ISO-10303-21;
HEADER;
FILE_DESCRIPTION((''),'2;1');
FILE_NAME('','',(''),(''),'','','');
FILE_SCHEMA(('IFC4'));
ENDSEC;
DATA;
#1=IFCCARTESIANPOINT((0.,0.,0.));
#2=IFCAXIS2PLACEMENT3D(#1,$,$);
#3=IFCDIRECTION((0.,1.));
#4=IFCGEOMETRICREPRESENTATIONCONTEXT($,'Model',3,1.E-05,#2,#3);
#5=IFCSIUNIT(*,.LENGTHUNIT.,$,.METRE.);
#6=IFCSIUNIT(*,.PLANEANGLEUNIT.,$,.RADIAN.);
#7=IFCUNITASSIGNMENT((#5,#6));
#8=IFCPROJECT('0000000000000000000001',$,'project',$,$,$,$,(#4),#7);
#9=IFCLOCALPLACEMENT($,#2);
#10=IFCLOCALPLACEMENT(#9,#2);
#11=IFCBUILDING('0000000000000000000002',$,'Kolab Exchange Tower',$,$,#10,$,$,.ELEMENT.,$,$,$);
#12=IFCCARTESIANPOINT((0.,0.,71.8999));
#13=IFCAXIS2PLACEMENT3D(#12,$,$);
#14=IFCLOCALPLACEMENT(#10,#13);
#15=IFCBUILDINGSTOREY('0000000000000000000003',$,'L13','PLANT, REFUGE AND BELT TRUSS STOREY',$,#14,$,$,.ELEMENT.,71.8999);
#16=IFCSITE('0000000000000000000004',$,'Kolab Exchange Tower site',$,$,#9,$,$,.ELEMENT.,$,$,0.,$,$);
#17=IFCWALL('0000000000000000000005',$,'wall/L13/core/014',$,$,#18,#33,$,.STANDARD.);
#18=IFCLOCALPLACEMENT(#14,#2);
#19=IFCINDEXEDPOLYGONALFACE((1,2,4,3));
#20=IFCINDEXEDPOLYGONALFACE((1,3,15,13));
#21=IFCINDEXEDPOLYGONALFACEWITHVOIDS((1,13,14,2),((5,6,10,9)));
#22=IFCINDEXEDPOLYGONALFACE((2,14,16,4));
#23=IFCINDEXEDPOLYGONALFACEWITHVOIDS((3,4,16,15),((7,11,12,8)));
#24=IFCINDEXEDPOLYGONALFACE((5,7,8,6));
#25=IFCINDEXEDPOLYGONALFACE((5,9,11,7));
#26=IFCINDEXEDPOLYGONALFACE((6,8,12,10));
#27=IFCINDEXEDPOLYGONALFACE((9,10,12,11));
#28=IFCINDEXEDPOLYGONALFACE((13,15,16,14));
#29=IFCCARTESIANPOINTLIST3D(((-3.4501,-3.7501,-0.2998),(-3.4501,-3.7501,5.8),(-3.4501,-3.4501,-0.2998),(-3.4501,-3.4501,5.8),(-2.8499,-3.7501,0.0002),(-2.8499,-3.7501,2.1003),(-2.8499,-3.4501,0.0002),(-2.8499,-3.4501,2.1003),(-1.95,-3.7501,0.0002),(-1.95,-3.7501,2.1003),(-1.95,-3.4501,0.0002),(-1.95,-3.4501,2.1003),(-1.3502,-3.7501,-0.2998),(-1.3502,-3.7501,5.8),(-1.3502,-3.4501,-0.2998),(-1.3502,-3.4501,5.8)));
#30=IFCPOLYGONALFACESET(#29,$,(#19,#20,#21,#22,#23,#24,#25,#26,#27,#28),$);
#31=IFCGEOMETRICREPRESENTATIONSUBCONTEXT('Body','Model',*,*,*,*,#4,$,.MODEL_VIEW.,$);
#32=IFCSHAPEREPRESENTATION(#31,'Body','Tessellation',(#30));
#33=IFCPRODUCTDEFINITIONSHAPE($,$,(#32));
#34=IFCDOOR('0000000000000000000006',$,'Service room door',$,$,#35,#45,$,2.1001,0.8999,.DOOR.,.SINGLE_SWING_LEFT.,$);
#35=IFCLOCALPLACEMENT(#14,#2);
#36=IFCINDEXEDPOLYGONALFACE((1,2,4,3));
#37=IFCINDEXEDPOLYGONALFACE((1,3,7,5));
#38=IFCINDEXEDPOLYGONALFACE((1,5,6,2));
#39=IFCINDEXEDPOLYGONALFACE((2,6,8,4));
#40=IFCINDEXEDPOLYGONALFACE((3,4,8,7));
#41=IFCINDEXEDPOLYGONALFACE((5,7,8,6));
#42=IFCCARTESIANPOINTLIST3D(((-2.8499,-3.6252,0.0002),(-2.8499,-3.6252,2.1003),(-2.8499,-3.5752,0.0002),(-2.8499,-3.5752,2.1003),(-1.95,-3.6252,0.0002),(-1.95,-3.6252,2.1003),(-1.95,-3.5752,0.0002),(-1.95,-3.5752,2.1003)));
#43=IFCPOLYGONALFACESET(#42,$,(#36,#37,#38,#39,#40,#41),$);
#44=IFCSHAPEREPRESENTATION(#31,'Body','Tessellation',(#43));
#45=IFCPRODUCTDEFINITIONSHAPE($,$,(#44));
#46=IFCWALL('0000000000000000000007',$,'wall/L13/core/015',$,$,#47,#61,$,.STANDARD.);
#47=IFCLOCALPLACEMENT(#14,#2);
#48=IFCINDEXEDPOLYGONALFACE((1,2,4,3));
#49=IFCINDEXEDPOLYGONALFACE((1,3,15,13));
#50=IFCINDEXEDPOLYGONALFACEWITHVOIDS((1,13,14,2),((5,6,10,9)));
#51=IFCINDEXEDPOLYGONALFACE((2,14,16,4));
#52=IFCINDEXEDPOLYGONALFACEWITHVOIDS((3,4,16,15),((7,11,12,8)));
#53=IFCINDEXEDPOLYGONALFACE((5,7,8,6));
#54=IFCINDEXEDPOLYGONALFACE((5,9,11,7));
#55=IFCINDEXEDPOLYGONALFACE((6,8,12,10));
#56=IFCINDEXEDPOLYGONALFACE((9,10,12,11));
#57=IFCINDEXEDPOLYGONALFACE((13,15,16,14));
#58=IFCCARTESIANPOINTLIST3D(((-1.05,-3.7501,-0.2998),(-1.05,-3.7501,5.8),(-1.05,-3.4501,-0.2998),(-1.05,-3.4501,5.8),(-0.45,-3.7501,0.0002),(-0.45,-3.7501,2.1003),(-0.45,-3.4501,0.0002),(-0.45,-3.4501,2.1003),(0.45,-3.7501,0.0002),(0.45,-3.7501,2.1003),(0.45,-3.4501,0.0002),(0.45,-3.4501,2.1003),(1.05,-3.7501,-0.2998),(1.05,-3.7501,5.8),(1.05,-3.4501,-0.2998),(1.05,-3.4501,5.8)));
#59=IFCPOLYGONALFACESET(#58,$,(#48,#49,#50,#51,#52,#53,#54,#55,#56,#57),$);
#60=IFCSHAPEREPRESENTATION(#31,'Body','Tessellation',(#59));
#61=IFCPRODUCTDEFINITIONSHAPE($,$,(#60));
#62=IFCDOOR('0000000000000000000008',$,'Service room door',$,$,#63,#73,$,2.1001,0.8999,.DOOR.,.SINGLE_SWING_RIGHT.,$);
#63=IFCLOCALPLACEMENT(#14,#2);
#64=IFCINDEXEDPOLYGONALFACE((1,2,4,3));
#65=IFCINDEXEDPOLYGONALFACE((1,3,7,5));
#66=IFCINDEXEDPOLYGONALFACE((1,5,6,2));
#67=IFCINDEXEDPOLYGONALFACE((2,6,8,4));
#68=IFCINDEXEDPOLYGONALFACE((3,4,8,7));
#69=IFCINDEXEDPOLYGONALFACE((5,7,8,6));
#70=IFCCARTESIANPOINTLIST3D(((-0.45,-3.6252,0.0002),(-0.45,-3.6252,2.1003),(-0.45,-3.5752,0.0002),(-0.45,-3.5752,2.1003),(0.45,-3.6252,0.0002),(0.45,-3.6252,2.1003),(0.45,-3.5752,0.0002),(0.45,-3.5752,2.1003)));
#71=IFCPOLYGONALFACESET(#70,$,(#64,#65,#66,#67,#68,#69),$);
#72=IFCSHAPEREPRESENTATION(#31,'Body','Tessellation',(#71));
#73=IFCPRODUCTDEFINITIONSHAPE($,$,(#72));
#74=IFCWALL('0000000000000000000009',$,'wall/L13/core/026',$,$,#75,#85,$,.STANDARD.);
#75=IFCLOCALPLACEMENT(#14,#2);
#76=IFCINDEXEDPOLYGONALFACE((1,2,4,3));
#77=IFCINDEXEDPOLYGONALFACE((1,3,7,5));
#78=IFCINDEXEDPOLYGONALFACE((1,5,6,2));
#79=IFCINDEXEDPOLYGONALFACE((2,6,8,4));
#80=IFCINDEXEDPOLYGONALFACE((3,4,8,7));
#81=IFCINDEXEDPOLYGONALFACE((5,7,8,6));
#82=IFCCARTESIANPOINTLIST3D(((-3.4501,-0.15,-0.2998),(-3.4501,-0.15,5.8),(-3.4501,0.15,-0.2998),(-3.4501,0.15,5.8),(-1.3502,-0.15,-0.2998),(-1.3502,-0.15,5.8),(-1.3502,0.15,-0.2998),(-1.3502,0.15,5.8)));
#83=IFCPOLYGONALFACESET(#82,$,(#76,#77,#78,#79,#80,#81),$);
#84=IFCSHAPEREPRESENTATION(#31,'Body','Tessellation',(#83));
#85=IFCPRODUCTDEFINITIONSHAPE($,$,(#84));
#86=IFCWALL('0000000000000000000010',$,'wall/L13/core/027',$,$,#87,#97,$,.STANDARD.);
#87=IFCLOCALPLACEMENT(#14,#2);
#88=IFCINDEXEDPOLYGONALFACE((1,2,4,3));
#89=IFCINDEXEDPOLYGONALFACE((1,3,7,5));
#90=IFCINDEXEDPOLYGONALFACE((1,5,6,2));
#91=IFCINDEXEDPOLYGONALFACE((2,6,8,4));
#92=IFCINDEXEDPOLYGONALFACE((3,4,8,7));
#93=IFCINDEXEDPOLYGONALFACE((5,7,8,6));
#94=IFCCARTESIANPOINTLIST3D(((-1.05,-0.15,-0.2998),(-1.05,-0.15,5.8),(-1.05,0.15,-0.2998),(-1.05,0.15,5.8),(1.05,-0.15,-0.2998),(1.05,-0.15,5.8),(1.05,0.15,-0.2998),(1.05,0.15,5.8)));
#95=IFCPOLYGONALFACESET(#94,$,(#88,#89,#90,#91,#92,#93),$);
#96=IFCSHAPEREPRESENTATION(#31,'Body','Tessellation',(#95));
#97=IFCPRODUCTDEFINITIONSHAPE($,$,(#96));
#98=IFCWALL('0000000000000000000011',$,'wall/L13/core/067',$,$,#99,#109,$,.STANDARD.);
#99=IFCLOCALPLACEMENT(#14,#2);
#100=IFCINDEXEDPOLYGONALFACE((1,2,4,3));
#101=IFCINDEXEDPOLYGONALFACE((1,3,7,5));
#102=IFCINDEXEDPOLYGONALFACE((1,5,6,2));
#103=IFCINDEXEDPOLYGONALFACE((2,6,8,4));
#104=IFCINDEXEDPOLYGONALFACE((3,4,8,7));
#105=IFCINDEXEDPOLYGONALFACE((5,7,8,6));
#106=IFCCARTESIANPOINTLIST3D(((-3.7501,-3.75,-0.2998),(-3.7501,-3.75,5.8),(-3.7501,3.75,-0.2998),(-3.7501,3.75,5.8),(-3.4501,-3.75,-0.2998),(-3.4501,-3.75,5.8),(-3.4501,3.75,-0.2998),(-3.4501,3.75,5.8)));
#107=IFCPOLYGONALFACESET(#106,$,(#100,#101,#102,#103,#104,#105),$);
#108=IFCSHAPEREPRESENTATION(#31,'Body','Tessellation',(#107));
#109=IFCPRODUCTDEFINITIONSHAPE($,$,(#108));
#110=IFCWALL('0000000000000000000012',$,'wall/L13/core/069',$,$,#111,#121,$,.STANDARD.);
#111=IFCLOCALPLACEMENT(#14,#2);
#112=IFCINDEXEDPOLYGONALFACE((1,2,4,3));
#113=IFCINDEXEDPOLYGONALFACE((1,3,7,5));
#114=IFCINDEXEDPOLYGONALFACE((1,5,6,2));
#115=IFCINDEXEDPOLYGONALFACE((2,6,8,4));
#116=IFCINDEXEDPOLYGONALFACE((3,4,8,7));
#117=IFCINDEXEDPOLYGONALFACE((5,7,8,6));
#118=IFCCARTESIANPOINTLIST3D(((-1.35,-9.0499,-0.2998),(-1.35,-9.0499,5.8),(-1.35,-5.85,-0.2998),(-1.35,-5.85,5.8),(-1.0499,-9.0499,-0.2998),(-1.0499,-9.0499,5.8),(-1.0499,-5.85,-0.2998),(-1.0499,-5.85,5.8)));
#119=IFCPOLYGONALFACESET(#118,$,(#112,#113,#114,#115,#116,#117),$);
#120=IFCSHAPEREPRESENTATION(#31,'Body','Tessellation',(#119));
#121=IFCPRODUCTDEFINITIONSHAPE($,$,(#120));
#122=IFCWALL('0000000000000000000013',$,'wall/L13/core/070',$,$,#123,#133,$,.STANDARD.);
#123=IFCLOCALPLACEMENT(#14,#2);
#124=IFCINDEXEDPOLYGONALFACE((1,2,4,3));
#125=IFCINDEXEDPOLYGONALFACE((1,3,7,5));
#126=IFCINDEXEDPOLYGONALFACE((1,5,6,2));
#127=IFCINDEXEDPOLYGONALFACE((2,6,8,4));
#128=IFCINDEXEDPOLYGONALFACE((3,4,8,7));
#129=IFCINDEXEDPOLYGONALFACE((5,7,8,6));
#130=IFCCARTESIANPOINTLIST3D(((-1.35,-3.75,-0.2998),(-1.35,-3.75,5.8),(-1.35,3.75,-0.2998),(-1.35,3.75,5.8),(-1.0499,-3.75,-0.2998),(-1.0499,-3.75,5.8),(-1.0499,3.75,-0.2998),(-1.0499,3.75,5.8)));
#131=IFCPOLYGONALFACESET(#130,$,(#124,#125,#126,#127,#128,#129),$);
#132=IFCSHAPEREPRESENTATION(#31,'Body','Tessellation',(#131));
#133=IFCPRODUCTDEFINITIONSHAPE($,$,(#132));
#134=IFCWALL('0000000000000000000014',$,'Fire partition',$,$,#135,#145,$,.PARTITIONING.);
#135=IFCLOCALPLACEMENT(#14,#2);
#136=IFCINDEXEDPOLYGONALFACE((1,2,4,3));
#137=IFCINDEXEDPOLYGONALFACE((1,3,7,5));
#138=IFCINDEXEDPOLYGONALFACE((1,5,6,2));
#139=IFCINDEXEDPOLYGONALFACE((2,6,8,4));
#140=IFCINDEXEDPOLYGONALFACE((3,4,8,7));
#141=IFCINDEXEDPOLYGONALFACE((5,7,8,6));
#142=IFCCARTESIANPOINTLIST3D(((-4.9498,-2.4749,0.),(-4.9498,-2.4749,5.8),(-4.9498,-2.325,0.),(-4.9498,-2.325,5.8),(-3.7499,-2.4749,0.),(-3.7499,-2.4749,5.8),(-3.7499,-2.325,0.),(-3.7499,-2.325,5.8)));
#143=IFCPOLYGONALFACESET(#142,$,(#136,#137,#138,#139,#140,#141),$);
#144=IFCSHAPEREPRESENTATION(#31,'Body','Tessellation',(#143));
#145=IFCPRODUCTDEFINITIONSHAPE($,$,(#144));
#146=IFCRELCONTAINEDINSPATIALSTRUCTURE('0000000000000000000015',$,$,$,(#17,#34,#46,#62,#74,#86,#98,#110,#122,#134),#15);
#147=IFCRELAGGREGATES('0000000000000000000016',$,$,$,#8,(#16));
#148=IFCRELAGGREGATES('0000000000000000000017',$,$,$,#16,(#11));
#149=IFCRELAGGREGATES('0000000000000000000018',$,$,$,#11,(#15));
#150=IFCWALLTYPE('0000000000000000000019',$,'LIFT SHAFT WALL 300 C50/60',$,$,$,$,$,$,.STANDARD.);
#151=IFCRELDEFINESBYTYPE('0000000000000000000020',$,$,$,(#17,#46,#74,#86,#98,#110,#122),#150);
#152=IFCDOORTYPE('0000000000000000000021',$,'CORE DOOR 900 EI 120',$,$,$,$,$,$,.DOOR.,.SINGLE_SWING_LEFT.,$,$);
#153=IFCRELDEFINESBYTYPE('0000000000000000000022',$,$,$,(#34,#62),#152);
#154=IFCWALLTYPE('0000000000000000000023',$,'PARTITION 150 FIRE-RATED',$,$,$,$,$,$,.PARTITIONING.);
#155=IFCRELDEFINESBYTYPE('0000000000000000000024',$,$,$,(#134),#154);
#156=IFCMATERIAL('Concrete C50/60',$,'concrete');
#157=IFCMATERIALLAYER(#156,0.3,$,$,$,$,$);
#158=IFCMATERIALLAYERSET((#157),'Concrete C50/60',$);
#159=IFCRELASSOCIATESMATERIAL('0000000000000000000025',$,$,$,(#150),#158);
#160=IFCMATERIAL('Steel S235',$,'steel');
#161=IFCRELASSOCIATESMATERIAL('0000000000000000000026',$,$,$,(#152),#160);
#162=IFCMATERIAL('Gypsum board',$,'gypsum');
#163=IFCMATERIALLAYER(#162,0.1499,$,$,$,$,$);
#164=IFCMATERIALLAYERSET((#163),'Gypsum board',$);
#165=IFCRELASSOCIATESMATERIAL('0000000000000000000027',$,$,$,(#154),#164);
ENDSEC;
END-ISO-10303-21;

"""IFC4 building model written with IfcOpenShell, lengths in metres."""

from ifc_helpers import new_model, si_unit, direction, frame, frame_2d, origin, place, context, subcontext, project, spatial, rectangle, extrude, material, layer, layer_set, type_object, element, fill, save


model = new_model("IFC4")

# Units and contexts
model_context = context("Model", 3, precision=1e-05, world=origin(), true_north=direction((0.0, 1.0)))
body_context = subcontext(model_context, "Body", "Model", "MODEL_VIEW")
ifc_project = project(units=[si_unit("LENGTHUNIT", "METRE"), si_unit("PLANEANGLEUNIT", "RADIAN")], contexts=[model_context])

# Site, building, storey
site_placement = place(None, origin())
site = spatial("IfcSite", under=ifc_project, at=site_placement, Name="Kolab Exchange Tower site", CompositionType="ELEMENT", RefElevation=0.0)
building_placement = place(site_placement, origin())
building = spatial("IfcBuilding", under=site, at=building_placement, Name="Kolab Exchange Tower", CompositionType="ELEMENT")
storey_placement = place(building_placement, frame((0.0, 0.0, 71.8999)))
storey = spatial("IfcBuildingStorey", under=building, at=storey_placement, Name="L13", Description="PLANT, REFUGE AND BELT TRUSS STOREY", CompositionType="ELEMENT", Elevation=71.8999)

# Walls, openings, doors
ifc_material_1 = material(Name="Concrete C50/60", Category="concrete")
ifc_layer_1 = layer(ifc_material_1, 0.3)
ifc_layer_set_1 = layer_set([ifc_layer_1], Name="Concrete C50/60")
wall_type_1 = type_object("IfcWallType", Name="LIFT SHAFT WALL 300 C50/60", PredefinedType="STANDARD", material=ifc_layer_set_1)
ifc_material_2 = material(Name="Steel S235", Category="steel")
door_type = type_object("IfcDoorType", Name="CORE DOOR 900 EI 120", OperationType="SINGLE_SWING_LEFT", PredefinedType="DOOR", material=ifc_material_2)
wall_1_placement = place(storey_placement, frame((-3.45, -3.6001, -0.2998), z_axis=(0.0, 0.0, 1.0), x_axis=(1.0, 0.0, 0.0)))
wall_1 = element("IfcWall", 1, at=wall_1_placement, inside=storey, type_object=wall_type_1, Name="wall/L13/core/014", PredefinedType="STANDARD", context=body_context, shape_type="SweptSolid", body=[
    extrude(rectangle(XDim=2.0999, YDim=0.3, at=frame_2d((1.0498, 0.0))), origin(), (0.0, 0.0, 1.0), 6.0999),
])
opening_1_placement = place(wall_1_placement, frame((0.6001, 0.0, 0.3)))
opening_1 = element("IfcOpeningElement", 2, at=opening_1_placement, cuts=wall_1, PredefinedType="OPENING", context=body_context, shape_type="SweptSolid", body=[
    extrude(rectangle(XDim=0.8999, YDim=2.1001, at=frame_2d((0.45, 1.05))), frame((0.0, 0.1602, 0.0), z_axis=(0.0, -1.0, 0.0), x_axis=(1.0, 0.0, 0.0)), (0.0, 0.0, 1.0), 0.3201),
])
door_1_placement = place(opening_1_placement, origin())
door_1 = element("IfcDoor", 3, at=door_1_placement, inside=storey, type_object=door_type, Name="Service room door", OperationType="SINGLE_SWING_LEFT", OverallHeight=2.1001, OverallWidth=0.8999, PredefinedType="DOOR", context=body_context, shape_type="SweptSolid", body=[
    extrude(rectangle(XDim=0.8999, YDim=2.1001, at=frame_2d((0.45, 1.05))), frame((0.0, 0.0249, 0.0), z_axis=(0.0, -1.0, 0.0), x_axis=(1.0, 0.0, 0.0)), (0.0, 0.0, 1.0), 0.05),
])
fill(opening_1, door_1)
wall_2_placement = place(storey_placement, frame((-1.05, -3.6001, -0.2998), z_axis=(0.0, 0.0, 1.0), x_axis=(1.0, 0.0, 0.0)))
wall_2 = element("IfcWall", 4, at=wall_2_placement, inside=storey, type_object=wall_type_1, Name="wall/L13/core/015", PredefinedType="STANDARD", context=body_context, shape_type="SweptSolid", body=[
    extrude(rectangle(XDim=2.1001, YDim=0.3, at=frame_2d((1.05, 0.0))), origin(), (0.0, 0.0, 1.0), 6.0999),
])
opening_2_placement = place(wall_2_placement, frame((0.6001, 0.0, 0.3)))
opening_2 = element("IfcOpeningElement", 5, at=opening_2_placement, cuts=wall_2, PredefinedType="OPENING", context=body_context, shape_type="SweptSolid", body=[
    extrude(rectangle(XDim=0.8999, YDim=2.1001, at=frame_2d((0.45, 1.05))), frame((0.0, 0.1602, 0.0), z_axis=(0.0, -1.0, 0.0), x_axis=(1.0, 0.0, 0.0)), (0.0, 0.0, 1.0), 0.3201),
])
door_2_placement = place(opening_2_placement, origin())
door_2 = element("IfcDoor", 6, at=door_2_placement, inside=storey, type_object=door_type, Name="Service room door", OperationType="SINGLE_SWING_RIGHT", OverallHeight=2.1001, OverallWidth=0.8999, PredefinedType="DOOR", context=body_context, shape_type="SweptSolid", body=[
    extrude(rectangle(XDim=0.8999, YDim=2.1001, at=frame_2d((0.45, 1.05))), frame((0.0, 0.0249, 0.0), z_axis=(0.0, -1.0, 0.0), x_axis=(1.0, 0.0, 0.0)), (0.0, 0.0, 1.0), 0.05),
])
fill(opening_2, door_2)

# Walls
wall_3_placement = place(storey_placement, frame((-3.45, 0.0, -0.2998), z_axis=(0.0, 0.0, 1.0), x_axis=(1.0, 0.0, 0.0)))
element("IfcWall", 7, at=wall_3_placement, inside=storey, type_object=wall_type_1, Name="wall/L13/core/026", PredefinedType="STANDARD", context=body_context, shape_type="SweptSolid", body=[
    extrude(rectangle(XDim=2.0999, YDim=0.3, at=frame_2d((1.0498, 0.0))), origin(), (0.0, 0.0, 1.0), 6.0999),
])
wall_4_placement = place(storey_placement, frame((-1.05, 0.0, -0.2998), z_axis=(0.0, 0.0, 1.0), x_axis=(1.0, 0.0, 0.0)))
element("IfcWall", 8, at=wall_4_placement, inside=storey, type_object=wall_type_1, Name="wall/L13/core/027", PredefinedType="STANDARD", context=body_context, shape_type="SweptSolid", body=[
    extrude(rectangle(XDim=2.1001, YDim=0.3, at=frame_2d((1.05, 0.0))), origin(), (0.0, 0.0, 1.0), 6.0999),
])
wall_5_placement = place(storey_placement, frame((-3.6001, -3.75, -0.2998), z_axis=(0.0, 0.0, 1.0), x_axis=(0.0, 1.0, 0.0)))
element("IfcWall", 9, at=wall_5_placement, inside=storey, type_object=wall_type_1, Name="wall/L13/core/067", PredefinedType="STANDARD", context=body_context, shape_type="SweptSolid", body=[
    extrude(rectangle(XDim=7.5, YDim=0.3, at=frame_2d((3.75, 0.0))), origin(), (0.0, 0.0, 1.0), 6.0999),
])
wall_6_placement = place(storey_placement, frame((-1.2, -9.05, -0.2998), z_axis=(0.0, 0.0, 1.0), x_axis=(0.0, 1.0, 0.0)))
element("IfcWall", 10, at=wall_6_placement, inside=storey, type_object=wall_type_1, Name="wall/L13/core/069", PredefinedType="STANDARD", context=body_context, shape_type="SweptSolid", body=[
    extrude(rectangle(XDim=3.2, YDim=0.3, at=frame_2d((1.6001, 0.0))), origin(), (0.0, 0.0, 1.0), 6.0999),
])
wall_7_placement = place(storey_placement, frame((-1.2, -3.75, -0.2998), z_axis=(0.0, 0.0, 1.0), x_axis=(0.0, 1.0, 0.0)))
element("IfcWall", 11, at=wall_7_placement, inside=storey, type_object=wall_type_1, Name="wall/L13/core/070", PredefinedType="STANDARD", context=body_context, shape_type="SweptSolid", body=[
    extrude(rectangle(XDim=7.5, YDim=0.3, at=frame_2d((3.75, 0.0))), origin(), (0.0, 0.0, 1.0), 6.0999),
])
ifc_material_3 = material(Name="Gypsum board", Category="gypsum")
ifc_layer_2 = layer(ifc_material_3, 0.1499)
ifc_layer_set_2 = layer_set([ifc_layer_2], Name="Gypsum board")
wall_type_2 = type_object("IfcWallType", Name="PARTITION 150 FIRE-RATED", PredefinedType="PARTITIONING", material=ifc_layer_set_2)
wall_8_placement = place(storey_placement, frame((-4.95, -2.3999, 0.0), z_axis=(0.0, 0.0, 1.0), x_axis=(1.0, 0.0, 0.0)))
element("IfcWall", 12, at=wall_8_placement, inside=storey, type_object=wall_type_2, Name="Fire partition", PredefinedType="PARTITIONING", context=body_context, shape_type="SweptSolid", body=[
    extrude(rectangle(XDim=1.2, YDim=0.1499, at=frame_2d((0.6001, 0.0))), origin(), (0.0, 0.0, 1.0), 5.8),
])

save(model, "model.ifc")
